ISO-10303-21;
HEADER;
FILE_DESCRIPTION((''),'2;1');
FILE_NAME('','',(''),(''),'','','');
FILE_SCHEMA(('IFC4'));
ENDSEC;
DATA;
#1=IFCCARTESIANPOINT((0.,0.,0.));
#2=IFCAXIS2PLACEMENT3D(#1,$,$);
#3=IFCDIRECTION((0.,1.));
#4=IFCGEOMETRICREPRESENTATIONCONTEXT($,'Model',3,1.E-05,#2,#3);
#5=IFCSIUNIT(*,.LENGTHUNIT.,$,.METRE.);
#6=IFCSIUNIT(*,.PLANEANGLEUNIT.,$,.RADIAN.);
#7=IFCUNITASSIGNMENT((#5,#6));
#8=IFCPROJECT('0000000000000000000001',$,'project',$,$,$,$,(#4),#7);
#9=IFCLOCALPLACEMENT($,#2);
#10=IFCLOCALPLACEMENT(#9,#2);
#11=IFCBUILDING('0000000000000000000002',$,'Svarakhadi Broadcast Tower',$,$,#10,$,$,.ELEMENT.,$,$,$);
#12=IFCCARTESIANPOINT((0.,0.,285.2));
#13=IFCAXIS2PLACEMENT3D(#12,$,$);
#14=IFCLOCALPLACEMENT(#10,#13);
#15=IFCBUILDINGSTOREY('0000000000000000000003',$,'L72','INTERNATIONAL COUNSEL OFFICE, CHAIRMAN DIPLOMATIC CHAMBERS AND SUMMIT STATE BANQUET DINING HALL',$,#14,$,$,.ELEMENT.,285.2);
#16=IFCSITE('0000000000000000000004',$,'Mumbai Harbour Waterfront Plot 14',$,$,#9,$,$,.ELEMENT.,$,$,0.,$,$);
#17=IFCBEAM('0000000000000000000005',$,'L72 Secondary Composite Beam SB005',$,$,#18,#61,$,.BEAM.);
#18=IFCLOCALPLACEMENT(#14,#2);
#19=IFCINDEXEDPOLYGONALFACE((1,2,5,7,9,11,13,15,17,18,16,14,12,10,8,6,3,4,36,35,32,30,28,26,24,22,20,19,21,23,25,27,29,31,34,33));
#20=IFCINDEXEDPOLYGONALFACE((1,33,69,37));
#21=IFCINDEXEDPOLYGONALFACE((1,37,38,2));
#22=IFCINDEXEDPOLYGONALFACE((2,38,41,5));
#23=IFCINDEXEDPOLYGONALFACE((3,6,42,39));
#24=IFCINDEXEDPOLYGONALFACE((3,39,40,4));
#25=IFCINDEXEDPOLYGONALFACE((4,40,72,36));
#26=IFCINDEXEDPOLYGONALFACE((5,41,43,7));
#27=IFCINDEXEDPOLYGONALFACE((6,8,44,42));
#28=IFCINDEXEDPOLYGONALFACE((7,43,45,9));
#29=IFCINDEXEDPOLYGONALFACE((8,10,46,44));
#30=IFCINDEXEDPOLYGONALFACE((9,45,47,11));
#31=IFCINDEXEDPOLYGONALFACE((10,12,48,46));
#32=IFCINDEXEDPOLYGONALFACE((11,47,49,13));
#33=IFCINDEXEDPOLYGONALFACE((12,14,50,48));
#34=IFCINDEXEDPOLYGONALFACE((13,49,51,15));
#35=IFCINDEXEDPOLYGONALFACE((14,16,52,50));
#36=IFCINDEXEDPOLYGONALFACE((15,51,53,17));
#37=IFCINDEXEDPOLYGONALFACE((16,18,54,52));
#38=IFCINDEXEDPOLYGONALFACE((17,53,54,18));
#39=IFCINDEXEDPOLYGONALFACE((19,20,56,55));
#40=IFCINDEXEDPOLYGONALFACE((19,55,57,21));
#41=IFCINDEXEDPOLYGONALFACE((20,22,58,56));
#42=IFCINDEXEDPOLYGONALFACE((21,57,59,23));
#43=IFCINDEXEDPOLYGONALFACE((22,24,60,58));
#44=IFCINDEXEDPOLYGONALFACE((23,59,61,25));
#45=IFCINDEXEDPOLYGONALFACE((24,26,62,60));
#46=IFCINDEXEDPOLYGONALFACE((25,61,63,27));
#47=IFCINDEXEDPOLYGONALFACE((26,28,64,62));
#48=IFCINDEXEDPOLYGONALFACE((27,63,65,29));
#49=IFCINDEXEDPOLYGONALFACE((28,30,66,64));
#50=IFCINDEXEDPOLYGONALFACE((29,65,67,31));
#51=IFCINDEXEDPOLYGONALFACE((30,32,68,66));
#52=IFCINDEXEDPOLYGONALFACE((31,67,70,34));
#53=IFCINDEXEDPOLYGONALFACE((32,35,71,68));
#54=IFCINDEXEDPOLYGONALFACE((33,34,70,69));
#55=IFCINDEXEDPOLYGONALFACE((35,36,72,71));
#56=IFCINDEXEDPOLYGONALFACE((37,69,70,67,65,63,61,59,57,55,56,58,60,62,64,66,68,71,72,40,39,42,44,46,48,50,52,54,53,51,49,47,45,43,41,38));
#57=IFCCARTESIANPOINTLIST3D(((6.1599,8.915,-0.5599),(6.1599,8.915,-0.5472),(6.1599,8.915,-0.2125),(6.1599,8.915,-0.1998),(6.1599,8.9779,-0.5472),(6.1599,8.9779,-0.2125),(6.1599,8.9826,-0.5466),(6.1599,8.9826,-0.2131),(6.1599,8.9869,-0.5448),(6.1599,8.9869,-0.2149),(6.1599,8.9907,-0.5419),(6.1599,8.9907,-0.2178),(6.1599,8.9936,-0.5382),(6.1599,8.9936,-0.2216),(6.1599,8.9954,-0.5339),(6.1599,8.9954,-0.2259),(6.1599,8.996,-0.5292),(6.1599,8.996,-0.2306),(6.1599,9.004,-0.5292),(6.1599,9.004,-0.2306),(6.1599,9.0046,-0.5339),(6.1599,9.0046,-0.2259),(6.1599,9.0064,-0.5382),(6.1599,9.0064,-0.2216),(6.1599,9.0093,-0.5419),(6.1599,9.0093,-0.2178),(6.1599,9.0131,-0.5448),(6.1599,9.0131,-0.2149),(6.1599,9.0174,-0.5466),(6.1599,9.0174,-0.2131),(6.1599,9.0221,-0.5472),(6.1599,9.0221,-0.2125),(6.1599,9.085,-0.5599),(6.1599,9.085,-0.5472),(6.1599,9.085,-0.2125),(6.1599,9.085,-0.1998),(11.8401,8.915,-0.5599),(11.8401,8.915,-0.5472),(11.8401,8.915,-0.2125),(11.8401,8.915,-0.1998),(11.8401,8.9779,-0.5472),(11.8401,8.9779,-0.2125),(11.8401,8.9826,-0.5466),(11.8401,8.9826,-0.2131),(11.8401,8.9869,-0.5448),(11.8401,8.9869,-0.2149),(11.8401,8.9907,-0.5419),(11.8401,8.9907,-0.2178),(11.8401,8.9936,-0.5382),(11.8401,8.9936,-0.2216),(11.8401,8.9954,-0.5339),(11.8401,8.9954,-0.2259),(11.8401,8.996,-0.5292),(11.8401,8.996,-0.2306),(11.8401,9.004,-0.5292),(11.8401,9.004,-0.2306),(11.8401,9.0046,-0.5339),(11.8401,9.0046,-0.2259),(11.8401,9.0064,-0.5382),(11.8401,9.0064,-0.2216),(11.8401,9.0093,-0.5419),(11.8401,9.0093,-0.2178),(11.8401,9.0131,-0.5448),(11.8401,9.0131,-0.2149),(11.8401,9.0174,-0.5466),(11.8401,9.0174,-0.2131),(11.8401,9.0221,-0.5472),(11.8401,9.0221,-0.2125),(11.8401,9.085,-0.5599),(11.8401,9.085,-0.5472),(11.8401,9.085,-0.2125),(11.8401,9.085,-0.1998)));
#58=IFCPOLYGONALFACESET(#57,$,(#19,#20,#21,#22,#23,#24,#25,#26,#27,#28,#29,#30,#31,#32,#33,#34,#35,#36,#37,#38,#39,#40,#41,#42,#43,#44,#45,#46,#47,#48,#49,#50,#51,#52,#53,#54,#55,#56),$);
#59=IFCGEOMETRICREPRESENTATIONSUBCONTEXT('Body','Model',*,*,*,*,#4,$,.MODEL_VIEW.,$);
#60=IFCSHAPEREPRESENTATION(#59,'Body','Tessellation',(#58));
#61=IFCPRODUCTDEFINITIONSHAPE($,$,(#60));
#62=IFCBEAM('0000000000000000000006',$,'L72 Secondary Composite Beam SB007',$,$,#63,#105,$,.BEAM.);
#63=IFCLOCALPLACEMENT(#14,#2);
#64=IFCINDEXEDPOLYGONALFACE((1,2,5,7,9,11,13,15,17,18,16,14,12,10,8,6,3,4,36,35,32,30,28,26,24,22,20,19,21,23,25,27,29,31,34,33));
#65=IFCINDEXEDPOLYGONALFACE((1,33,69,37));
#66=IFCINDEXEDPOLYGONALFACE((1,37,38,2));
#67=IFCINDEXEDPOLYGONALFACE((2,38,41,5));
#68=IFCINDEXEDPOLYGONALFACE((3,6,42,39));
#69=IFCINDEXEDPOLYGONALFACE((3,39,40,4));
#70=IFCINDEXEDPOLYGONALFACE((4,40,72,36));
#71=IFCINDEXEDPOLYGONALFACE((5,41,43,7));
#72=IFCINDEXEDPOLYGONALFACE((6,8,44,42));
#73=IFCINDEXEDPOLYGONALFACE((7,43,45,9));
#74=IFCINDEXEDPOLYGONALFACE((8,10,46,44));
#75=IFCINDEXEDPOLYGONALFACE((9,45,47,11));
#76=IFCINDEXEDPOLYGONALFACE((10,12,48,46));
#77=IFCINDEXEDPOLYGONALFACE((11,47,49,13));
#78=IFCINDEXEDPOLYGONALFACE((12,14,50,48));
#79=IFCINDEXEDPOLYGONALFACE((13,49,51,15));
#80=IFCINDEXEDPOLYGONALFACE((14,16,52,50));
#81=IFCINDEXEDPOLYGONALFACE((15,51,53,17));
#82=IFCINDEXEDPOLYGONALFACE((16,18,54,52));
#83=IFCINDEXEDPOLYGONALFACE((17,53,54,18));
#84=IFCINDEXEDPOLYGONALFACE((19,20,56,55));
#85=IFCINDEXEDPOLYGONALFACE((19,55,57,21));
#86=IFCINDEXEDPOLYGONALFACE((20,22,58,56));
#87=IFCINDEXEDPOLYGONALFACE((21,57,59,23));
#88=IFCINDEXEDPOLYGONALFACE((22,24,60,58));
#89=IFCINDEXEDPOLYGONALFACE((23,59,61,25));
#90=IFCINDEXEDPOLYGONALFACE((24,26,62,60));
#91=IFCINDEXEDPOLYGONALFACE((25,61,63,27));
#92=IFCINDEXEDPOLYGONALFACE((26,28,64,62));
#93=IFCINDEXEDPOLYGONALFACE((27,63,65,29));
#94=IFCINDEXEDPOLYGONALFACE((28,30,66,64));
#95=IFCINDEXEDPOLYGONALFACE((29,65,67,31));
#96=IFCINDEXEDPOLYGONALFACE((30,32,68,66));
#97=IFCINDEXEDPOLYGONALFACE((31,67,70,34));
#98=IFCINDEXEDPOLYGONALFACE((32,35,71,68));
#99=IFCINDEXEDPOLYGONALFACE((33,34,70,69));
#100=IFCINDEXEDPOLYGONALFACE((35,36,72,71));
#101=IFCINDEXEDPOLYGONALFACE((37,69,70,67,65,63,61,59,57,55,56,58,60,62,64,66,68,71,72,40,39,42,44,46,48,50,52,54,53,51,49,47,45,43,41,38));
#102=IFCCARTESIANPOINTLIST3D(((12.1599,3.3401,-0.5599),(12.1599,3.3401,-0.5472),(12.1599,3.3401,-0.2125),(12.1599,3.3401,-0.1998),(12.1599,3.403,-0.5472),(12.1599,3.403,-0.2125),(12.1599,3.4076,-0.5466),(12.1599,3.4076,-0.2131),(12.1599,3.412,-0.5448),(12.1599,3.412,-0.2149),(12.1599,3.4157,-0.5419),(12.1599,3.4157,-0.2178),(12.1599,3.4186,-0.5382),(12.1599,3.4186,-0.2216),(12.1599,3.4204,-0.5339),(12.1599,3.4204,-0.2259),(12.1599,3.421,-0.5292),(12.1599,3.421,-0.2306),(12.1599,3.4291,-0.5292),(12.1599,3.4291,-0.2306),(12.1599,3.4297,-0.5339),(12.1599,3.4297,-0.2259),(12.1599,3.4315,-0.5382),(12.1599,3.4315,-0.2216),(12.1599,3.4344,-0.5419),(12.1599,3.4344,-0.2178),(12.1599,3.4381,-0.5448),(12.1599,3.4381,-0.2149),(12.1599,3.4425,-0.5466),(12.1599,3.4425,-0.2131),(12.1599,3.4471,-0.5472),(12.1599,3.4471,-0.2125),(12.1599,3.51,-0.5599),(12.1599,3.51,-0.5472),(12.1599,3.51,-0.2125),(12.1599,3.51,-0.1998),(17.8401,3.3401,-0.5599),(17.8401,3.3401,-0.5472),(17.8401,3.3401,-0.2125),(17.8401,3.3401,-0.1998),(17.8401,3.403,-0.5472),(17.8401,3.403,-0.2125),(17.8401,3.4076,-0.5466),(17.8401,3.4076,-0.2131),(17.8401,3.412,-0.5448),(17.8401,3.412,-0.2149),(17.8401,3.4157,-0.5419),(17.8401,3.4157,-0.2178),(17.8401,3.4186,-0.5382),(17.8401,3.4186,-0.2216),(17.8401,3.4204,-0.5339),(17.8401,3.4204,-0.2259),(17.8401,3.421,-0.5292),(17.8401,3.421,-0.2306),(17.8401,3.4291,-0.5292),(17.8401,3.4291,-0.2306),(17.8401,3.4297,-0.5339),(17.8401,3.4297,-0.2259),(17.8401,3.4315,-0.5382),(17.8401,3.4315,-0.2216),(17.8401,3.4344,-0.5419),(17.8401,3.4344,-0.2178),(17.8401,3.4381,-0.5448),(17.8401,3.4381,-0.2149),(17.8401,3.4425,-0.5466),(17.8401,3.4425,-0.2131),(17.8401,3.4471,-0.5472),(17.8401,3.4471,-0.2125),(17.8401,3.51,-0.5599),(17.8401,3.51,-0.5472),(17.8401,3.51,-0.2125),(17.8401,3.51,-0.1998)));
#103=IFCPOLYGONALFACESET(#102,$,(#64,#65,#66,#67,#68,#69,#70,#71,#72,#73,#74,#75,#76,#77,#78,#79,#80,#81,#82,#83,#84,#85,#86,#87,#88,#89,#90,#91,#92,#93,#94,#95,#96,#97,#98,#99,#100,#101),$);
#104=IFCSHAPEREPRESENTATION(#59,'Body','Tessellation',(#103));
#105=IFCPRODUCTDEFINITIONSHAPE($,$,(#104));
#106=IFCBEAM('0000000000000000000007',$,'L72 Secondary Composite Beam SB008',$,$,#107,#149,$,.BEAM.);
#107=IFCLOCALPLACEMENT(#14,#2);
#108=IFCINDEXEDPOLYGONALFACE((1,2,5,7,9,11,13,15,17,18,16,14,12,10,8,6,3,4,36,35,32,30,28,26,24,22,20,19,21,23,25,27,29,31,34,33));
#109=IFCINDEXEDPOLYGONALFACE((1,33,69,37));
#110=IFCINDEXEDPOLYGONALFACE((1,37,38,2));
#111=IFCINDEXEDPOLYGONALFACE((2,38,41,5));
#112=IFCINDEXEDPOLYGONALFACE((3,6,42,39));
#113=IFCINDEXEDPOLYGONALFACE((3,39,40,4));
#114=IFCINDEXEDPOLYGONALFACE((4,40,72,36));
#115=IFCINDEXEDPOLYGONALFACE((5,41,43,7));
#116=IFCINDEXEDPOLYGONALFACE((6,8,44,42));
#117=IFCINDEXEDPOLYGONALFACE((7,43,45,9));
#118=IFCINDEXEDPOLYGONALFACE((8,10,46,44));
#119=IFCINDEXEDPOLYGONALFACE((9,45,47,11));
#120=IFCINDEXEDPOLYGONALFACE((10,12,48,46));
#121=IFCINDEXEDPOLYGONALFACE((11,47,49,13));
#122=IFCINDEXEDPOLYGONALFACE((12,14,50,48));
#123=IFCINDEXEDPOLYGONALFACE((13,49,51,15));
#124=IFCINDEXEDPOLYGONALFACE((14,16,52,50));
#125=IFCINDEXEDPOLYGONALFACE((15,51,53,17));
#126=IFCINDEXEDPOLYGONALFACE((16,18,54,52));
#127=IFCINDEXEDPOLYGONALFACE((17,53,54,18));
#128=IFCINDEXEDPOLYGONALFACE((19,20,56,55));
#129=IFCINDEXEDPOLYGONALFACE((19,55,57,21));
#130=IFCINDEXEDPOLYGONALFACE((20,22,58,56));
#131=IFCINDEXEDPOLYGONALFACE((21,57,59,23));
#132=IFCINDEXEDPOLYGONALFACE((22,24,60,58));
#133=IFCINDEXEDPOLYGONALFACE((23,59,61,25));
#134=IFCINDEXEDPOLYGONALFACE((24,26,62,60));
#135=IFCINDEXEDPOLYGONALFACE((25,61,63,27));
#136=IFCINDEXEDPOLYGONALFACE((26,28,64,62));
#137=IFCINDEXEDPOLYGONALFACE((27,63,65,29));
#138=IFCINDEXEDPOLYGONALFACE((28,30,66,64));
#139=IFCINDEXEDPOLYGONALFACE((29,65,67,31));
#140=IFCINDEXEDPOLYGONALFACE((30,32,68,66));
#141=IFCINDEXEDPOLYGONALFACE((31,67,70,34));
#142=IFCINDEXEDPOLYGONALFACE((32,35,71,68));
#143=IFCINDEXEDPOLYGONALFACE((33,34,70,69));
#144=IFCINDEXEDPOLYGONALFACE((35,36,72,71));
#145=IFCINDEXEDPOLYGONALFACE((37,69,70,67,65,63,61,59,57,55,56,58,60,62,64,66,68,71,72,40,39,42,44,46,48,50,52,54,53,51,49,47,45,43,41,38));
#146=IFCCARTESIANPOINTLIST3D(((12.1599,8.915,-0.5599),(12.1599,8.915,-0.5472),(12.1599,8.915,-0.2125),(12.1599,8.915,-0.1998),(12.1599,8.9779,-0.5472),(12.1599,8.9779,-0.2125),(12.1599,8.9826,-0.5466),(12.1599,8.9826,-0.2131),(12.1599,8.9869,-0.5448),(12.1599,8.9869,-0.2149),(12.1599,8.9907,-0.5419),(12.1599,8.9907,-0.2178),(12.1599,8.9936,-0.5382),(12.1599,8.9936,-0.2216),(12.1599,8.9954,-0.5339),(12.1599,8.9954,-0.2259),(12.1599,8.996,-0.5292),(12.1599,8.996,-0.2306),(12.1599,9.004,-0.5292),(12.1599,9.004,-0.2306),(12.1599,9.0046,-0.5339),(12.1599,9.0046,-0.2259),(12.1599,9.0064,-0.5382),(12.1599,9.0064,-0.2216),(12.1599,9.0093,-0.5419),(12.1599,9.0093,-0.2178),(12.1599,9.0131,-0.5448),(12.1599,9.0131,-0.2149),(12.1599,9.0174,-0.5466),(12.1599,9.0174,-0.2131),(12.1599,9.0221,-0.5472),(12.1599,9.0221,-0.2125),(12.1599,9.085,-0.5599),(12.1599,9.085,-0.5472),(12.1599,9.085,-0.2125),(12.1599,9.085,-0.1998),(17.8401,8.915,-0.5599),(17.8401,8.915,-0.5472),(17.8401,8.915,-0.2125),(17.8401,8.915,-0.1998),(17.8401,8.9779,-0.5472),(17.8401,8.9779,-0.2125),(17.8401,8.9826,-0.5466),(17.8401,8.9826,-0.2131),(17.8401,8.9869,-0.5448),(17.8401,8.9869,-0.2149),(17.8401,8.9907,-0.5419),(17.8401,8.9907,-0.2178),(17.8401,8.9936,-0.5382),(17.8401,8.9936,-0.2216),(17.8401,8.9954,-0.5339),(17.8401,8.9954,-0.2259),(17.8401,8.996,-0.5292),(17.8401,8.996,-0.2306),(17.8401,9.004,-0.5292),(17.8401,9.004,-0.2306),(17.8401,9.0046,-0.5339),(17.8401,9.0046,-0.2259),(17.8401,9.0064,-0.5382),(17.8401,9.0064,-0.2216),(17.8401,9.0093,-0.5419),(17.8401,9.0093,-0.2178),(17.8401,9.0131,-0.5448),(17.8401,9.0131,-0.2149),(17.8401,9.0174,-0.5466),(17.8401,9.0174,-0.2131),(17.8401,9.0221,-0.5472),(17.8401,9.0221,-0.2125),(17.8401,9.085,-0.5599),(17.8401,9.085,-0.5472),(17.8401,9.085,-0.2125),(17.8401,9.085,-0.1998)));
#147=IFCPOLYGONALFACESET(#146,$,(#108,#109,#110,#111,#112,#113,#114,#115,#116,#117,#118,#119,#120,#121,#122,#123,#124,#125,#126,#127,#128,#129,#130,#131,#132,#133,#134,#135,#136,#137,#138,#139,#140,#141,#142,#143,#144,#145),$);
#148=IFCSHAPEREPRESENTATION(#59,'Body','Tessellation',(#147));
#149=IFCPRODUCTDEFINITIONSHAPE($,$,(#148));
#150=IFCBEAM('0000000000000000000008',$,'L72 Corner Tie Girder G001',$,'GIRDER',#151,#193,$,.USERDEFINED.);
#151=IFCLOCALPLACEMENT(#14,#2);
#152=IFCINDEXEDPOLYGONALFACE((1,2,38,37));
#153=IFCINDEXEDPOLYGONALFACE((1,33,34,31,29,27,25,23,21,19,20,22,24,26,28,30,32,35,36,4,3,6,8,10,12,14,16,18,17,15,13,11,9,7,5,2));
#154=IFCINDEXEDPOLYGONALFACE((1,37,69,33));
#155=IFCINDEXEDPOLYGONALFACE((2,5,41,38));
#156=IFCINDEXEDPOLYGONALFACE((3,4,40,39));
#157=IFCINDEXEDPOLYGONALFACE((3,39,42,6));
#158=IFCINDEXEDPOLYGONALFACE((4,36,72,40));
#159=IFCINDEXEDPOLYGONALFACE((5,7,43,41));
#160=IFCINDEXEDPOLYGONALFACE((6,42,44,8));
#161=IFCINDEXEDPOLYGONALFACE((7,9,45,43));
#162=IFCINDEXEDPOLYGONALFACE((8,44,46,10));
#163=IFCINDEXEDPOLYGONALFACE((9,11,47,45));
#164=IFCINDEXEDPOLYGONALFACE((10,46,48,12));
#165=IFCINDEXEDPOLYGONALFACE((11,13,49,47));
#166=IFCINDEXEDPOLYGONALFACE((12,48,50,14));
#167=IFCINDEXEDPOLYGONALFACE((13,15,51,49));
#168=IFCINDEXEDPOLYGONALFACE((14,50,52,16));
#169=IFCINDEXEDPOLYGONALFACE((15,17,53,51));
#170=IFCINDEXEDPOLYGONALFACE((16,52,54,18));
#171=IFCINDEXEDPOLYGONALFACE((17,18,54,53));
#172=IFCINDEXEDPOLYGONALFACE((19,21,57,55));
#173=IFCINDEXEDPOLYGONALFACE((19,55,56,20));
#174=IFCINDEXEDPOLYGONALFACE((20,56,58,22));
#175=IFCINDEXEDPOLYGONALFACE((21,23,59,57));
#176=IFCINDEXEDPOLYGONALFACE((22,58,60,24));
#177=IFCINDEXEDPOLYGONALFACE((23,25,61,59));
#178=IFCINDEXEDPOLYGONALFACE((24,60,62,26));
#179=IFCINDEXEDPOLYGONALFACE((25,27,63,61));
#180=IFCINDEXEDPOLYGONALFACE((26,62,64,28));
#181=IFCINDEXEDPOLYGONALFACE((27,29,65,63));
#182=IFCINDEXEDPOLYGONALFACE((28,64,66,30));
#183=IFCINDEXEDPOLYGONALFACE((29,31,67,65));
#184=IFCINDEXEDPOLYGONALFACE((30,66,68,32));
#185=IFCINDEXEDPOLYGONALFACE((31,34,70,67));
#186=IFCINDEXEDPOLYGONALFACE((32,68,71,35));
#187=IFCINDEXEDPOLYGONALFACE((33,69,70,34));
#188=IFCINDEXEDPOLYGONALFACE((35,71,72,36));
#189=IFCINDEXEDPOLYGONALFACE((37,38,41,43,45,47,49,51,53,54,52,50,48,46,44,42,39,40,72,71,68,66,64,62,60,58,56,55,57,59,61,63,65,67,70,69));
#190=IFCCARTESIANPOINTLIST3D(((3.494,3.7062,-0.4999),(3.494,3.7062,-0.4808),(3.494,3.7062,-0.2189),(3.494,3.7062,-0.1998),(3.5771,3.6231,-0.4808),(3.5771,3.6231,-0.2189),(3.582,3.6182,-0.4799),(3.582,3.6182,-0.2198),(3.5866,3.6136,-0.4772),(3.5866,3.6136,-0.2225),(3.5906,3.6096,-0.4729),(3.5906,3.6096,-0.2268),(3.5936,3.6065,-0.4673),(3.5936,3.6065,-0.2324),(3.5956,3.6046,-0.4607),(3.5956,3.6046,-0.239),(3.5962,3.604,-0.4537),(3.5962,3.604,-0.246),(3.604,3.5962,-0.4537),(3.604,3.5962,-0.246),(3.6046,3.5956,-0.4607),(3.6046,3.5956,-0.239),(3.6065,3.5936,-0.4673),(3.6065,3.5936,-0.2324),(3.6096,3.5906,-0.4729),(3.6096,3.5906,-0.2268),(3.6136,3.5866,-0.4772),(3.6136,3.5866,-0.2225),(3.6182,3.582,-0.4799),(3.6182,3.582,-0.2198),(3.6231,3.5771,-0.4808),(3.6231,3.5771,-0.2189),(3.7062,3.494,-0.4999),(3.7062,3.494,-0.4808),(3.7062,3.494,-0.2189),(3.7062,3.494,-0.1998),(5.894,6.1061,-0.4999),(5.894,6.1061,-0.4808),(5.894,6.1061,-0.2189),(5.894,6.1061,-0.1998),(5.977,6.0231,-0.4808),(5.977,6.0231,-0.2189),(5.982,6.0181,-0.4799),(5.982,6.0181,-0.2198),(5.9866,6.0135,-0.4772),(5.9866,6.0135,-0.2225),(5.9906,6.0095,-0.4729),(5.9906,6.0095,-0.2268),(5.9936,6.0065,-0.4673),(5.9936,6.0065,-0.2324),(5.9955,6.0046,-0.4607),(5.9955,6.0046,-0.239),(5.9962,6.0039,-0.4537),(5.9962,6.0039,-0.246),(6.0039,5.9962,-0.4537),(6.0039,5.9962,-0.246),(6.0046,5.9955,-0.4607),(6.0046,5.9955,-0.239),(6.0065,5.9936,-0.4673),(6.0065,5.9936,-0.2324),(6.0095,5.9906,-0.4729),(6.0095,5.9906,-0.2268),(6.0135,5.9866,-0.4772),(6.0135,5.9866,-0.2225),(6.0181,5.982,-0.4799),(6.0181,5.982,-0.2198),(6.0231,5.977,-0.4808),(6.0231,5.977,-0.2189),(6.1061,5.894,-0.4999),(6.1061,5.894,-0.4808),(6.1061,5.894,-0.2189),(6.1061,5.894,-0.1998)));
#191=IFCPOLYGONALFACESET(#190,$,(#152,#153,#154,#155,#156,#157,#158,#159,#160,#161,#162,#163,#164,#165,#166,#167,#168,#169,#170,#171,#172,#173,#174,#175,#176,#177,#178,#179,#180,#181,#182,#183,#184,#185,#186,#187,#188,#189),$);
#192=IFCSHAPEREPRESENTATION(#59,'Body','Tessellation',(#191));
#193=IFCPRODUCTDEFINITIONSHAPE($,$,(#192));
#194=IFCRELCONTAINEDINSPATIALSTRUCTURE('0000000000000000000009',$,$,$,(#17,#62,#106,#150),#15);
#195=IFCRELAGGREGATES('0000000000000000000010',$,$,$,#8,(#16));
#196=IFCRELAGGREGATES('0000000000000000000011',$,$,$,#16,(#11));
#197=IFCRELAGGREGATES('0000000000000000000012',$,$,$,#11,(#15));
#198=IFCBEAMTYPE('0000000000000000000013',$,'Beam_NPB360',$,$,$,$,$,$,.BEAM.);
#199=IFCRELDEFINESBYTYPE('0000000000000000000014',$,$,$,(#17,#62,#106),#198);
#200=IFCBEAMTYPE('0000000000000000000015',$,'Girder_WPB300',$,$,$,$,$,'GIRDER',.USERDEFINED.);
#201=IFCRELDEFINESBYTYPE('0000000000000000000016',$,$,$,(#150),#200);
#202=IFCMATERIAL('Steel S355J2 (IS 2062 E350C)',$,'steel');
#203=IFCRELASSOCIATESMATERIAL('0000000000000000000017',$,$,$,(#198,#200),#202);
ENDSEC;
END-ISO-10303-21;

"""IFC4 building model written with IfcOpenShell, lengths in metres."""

from ifc_helpers import new_model, si_unit, direction, frame, origin, origin_2d, place, context, subcontext, project, spatial, i_section, extrude, material, material_profile, profile_set, type_object, element, save


model = new_model("IFC4")

# Units and contexts
model_context = context("Model", 3, precision=1e-05, world=origin(), true_north=direction((0.0, 1.0)))
body_context = subcontext(model_context, "Body", "Model", "MODEL_VIEW")
ifc_project = project(units=[si_unit("LENGTHUNIT", "METRE"), si_unit("PLANEANGLEUNIT", "RADIAN")], contexts=[model_context])

# Site, building, storey
site_placement = place(None, origin())
site = spatial("IfcSite", under=ifc_project, at=site_placement, Name="Mumbai Harbour Waterfront Plot 14", CompositionType="ELEMENT", RefElevation=0.0)
building_placement = place(site_placement, origin())
building = spatial("IfcBuilding", under=site, at=building_placement, Name="Svarakhadi Broadcast Tower", CompositionType="ELEMENT")
storey_placement = place(building_placement, frame((0.0, 0.0, 285.2)))
storey = spatial("IfcBuildingStorey", under=building, at=storey_placement, Name="L72", Description="INTERNATIONAL COUNSEL OFFICE, CHAIRMAN DIPLOMATIC CHAMBERS AND SUMMIT STATE BANQUET DINING HALL", CompositionType="ELEMENT", Elevation=285.2)

# Beams
ifc_material_1 = material(Name="Steel S355J2 (IS 2062 E350C)", Category="steel")
ifc_material_profile_1 = material_profile(ifc_material_1, i_section(OverallWidth=0.1699, OverallDepth=0.3601, WebThickness=0.0081, FlangeThickness=0.0127, FilletRadius=0.0181, at=origin_2d()), Name="NPB 360x170x57")
ifc_profile_set_1 = profile_set([ifc_material_profile_1], Name="Steel S355J2 (IS 2062 E350C)")
beam_type_1 = type_object("IfcBeamType", Name="Beam_NPB360", PredefinedType="BEAM", material=ifc_profile_set_1)
for number, where, z_axis, x_axis, name in (
    (1, (6.1599, 9.0, -0.3799), (1.0, 0.0, 0.0), (0.0, 1.0, 0.0), "L72 Secondary Composite Beam SB005"),
    (2, (12.1599, 3.425, -0.3799), (1.0, 0.0, 0.0), (0.0, 1.0, 0.0), "L72 Secondary Composite Beam SB007"),
    (3, (12.1599, 9.0, -0.3799), (1.0, 0.0, 0.0), (0.0, 1.0, 0.0), "L72 Secondary Composite Beam SB008"),
):
    element("IfcBeam", number, at=place(storey_placement, frame(where, z_axis=z_axis, x_axis=x_axis)), inside=storey, type_object=beam_type_1, Name=name, PredefinedType="BEAM", context=body_context, shape_type="SweptSolid", body=[
        extrude(i_section(OverallWidth=0.1699, OverallDepth=0.3601, WebThickness=0.0081, FlangeThickness=0.0127, FilletRadius=0.0181, at=origin_2d()), origin(), (0.0, 0.0, 1.0), 5.6802),
    ])
ifc_material_profile_2 = material_profile(ifc_material_1, i_section(OverallWidth=0.3, OverallDepth=0.3, WebThickness=0.011, FlangeThickness=0.019, FilletRadius=0.0271, at=origin_2d()), Name="WPB 300x300x117")
ifc_profile_set_2 = profile_set([ifc_material_profile_2], Name="Steel S355J2 (IS 2062 E350C)")
beam_type_2 = type_object("IfcBeamType", Name="Girder_WPB300", ElementType="GIRDER", PredefinedType="USERDEFINED", material=ifc_profile_set_2)
beam_1_placement = place(storey_placement, frame((3.6001, 3.6001, -0.3499), z_axis=(0.707107, 0.707107, 0.0), x_axis=(-0.707107, 0.707107, 0.0)))
element("IfcBeam", 4, at=beam_1_placement, inside=storey, type_object=beam_type_2, Name="L72 Corner Tie Girder G001", ObjectType="GIRDER", PredefinedType="USERDEFINED", context=body_context, shape_type="SweptSolid", body=[
    extrude(i_section(OverallWidth=0.3, OverallDepth=0.3, WebThickness=0.011, FlangeThickness=0.019, FilletRadius=0.0271, at=origin_2d()), origin(), (0.0, 0.0, 1.0), 3.394),
])

save(model, "model.ifc")
